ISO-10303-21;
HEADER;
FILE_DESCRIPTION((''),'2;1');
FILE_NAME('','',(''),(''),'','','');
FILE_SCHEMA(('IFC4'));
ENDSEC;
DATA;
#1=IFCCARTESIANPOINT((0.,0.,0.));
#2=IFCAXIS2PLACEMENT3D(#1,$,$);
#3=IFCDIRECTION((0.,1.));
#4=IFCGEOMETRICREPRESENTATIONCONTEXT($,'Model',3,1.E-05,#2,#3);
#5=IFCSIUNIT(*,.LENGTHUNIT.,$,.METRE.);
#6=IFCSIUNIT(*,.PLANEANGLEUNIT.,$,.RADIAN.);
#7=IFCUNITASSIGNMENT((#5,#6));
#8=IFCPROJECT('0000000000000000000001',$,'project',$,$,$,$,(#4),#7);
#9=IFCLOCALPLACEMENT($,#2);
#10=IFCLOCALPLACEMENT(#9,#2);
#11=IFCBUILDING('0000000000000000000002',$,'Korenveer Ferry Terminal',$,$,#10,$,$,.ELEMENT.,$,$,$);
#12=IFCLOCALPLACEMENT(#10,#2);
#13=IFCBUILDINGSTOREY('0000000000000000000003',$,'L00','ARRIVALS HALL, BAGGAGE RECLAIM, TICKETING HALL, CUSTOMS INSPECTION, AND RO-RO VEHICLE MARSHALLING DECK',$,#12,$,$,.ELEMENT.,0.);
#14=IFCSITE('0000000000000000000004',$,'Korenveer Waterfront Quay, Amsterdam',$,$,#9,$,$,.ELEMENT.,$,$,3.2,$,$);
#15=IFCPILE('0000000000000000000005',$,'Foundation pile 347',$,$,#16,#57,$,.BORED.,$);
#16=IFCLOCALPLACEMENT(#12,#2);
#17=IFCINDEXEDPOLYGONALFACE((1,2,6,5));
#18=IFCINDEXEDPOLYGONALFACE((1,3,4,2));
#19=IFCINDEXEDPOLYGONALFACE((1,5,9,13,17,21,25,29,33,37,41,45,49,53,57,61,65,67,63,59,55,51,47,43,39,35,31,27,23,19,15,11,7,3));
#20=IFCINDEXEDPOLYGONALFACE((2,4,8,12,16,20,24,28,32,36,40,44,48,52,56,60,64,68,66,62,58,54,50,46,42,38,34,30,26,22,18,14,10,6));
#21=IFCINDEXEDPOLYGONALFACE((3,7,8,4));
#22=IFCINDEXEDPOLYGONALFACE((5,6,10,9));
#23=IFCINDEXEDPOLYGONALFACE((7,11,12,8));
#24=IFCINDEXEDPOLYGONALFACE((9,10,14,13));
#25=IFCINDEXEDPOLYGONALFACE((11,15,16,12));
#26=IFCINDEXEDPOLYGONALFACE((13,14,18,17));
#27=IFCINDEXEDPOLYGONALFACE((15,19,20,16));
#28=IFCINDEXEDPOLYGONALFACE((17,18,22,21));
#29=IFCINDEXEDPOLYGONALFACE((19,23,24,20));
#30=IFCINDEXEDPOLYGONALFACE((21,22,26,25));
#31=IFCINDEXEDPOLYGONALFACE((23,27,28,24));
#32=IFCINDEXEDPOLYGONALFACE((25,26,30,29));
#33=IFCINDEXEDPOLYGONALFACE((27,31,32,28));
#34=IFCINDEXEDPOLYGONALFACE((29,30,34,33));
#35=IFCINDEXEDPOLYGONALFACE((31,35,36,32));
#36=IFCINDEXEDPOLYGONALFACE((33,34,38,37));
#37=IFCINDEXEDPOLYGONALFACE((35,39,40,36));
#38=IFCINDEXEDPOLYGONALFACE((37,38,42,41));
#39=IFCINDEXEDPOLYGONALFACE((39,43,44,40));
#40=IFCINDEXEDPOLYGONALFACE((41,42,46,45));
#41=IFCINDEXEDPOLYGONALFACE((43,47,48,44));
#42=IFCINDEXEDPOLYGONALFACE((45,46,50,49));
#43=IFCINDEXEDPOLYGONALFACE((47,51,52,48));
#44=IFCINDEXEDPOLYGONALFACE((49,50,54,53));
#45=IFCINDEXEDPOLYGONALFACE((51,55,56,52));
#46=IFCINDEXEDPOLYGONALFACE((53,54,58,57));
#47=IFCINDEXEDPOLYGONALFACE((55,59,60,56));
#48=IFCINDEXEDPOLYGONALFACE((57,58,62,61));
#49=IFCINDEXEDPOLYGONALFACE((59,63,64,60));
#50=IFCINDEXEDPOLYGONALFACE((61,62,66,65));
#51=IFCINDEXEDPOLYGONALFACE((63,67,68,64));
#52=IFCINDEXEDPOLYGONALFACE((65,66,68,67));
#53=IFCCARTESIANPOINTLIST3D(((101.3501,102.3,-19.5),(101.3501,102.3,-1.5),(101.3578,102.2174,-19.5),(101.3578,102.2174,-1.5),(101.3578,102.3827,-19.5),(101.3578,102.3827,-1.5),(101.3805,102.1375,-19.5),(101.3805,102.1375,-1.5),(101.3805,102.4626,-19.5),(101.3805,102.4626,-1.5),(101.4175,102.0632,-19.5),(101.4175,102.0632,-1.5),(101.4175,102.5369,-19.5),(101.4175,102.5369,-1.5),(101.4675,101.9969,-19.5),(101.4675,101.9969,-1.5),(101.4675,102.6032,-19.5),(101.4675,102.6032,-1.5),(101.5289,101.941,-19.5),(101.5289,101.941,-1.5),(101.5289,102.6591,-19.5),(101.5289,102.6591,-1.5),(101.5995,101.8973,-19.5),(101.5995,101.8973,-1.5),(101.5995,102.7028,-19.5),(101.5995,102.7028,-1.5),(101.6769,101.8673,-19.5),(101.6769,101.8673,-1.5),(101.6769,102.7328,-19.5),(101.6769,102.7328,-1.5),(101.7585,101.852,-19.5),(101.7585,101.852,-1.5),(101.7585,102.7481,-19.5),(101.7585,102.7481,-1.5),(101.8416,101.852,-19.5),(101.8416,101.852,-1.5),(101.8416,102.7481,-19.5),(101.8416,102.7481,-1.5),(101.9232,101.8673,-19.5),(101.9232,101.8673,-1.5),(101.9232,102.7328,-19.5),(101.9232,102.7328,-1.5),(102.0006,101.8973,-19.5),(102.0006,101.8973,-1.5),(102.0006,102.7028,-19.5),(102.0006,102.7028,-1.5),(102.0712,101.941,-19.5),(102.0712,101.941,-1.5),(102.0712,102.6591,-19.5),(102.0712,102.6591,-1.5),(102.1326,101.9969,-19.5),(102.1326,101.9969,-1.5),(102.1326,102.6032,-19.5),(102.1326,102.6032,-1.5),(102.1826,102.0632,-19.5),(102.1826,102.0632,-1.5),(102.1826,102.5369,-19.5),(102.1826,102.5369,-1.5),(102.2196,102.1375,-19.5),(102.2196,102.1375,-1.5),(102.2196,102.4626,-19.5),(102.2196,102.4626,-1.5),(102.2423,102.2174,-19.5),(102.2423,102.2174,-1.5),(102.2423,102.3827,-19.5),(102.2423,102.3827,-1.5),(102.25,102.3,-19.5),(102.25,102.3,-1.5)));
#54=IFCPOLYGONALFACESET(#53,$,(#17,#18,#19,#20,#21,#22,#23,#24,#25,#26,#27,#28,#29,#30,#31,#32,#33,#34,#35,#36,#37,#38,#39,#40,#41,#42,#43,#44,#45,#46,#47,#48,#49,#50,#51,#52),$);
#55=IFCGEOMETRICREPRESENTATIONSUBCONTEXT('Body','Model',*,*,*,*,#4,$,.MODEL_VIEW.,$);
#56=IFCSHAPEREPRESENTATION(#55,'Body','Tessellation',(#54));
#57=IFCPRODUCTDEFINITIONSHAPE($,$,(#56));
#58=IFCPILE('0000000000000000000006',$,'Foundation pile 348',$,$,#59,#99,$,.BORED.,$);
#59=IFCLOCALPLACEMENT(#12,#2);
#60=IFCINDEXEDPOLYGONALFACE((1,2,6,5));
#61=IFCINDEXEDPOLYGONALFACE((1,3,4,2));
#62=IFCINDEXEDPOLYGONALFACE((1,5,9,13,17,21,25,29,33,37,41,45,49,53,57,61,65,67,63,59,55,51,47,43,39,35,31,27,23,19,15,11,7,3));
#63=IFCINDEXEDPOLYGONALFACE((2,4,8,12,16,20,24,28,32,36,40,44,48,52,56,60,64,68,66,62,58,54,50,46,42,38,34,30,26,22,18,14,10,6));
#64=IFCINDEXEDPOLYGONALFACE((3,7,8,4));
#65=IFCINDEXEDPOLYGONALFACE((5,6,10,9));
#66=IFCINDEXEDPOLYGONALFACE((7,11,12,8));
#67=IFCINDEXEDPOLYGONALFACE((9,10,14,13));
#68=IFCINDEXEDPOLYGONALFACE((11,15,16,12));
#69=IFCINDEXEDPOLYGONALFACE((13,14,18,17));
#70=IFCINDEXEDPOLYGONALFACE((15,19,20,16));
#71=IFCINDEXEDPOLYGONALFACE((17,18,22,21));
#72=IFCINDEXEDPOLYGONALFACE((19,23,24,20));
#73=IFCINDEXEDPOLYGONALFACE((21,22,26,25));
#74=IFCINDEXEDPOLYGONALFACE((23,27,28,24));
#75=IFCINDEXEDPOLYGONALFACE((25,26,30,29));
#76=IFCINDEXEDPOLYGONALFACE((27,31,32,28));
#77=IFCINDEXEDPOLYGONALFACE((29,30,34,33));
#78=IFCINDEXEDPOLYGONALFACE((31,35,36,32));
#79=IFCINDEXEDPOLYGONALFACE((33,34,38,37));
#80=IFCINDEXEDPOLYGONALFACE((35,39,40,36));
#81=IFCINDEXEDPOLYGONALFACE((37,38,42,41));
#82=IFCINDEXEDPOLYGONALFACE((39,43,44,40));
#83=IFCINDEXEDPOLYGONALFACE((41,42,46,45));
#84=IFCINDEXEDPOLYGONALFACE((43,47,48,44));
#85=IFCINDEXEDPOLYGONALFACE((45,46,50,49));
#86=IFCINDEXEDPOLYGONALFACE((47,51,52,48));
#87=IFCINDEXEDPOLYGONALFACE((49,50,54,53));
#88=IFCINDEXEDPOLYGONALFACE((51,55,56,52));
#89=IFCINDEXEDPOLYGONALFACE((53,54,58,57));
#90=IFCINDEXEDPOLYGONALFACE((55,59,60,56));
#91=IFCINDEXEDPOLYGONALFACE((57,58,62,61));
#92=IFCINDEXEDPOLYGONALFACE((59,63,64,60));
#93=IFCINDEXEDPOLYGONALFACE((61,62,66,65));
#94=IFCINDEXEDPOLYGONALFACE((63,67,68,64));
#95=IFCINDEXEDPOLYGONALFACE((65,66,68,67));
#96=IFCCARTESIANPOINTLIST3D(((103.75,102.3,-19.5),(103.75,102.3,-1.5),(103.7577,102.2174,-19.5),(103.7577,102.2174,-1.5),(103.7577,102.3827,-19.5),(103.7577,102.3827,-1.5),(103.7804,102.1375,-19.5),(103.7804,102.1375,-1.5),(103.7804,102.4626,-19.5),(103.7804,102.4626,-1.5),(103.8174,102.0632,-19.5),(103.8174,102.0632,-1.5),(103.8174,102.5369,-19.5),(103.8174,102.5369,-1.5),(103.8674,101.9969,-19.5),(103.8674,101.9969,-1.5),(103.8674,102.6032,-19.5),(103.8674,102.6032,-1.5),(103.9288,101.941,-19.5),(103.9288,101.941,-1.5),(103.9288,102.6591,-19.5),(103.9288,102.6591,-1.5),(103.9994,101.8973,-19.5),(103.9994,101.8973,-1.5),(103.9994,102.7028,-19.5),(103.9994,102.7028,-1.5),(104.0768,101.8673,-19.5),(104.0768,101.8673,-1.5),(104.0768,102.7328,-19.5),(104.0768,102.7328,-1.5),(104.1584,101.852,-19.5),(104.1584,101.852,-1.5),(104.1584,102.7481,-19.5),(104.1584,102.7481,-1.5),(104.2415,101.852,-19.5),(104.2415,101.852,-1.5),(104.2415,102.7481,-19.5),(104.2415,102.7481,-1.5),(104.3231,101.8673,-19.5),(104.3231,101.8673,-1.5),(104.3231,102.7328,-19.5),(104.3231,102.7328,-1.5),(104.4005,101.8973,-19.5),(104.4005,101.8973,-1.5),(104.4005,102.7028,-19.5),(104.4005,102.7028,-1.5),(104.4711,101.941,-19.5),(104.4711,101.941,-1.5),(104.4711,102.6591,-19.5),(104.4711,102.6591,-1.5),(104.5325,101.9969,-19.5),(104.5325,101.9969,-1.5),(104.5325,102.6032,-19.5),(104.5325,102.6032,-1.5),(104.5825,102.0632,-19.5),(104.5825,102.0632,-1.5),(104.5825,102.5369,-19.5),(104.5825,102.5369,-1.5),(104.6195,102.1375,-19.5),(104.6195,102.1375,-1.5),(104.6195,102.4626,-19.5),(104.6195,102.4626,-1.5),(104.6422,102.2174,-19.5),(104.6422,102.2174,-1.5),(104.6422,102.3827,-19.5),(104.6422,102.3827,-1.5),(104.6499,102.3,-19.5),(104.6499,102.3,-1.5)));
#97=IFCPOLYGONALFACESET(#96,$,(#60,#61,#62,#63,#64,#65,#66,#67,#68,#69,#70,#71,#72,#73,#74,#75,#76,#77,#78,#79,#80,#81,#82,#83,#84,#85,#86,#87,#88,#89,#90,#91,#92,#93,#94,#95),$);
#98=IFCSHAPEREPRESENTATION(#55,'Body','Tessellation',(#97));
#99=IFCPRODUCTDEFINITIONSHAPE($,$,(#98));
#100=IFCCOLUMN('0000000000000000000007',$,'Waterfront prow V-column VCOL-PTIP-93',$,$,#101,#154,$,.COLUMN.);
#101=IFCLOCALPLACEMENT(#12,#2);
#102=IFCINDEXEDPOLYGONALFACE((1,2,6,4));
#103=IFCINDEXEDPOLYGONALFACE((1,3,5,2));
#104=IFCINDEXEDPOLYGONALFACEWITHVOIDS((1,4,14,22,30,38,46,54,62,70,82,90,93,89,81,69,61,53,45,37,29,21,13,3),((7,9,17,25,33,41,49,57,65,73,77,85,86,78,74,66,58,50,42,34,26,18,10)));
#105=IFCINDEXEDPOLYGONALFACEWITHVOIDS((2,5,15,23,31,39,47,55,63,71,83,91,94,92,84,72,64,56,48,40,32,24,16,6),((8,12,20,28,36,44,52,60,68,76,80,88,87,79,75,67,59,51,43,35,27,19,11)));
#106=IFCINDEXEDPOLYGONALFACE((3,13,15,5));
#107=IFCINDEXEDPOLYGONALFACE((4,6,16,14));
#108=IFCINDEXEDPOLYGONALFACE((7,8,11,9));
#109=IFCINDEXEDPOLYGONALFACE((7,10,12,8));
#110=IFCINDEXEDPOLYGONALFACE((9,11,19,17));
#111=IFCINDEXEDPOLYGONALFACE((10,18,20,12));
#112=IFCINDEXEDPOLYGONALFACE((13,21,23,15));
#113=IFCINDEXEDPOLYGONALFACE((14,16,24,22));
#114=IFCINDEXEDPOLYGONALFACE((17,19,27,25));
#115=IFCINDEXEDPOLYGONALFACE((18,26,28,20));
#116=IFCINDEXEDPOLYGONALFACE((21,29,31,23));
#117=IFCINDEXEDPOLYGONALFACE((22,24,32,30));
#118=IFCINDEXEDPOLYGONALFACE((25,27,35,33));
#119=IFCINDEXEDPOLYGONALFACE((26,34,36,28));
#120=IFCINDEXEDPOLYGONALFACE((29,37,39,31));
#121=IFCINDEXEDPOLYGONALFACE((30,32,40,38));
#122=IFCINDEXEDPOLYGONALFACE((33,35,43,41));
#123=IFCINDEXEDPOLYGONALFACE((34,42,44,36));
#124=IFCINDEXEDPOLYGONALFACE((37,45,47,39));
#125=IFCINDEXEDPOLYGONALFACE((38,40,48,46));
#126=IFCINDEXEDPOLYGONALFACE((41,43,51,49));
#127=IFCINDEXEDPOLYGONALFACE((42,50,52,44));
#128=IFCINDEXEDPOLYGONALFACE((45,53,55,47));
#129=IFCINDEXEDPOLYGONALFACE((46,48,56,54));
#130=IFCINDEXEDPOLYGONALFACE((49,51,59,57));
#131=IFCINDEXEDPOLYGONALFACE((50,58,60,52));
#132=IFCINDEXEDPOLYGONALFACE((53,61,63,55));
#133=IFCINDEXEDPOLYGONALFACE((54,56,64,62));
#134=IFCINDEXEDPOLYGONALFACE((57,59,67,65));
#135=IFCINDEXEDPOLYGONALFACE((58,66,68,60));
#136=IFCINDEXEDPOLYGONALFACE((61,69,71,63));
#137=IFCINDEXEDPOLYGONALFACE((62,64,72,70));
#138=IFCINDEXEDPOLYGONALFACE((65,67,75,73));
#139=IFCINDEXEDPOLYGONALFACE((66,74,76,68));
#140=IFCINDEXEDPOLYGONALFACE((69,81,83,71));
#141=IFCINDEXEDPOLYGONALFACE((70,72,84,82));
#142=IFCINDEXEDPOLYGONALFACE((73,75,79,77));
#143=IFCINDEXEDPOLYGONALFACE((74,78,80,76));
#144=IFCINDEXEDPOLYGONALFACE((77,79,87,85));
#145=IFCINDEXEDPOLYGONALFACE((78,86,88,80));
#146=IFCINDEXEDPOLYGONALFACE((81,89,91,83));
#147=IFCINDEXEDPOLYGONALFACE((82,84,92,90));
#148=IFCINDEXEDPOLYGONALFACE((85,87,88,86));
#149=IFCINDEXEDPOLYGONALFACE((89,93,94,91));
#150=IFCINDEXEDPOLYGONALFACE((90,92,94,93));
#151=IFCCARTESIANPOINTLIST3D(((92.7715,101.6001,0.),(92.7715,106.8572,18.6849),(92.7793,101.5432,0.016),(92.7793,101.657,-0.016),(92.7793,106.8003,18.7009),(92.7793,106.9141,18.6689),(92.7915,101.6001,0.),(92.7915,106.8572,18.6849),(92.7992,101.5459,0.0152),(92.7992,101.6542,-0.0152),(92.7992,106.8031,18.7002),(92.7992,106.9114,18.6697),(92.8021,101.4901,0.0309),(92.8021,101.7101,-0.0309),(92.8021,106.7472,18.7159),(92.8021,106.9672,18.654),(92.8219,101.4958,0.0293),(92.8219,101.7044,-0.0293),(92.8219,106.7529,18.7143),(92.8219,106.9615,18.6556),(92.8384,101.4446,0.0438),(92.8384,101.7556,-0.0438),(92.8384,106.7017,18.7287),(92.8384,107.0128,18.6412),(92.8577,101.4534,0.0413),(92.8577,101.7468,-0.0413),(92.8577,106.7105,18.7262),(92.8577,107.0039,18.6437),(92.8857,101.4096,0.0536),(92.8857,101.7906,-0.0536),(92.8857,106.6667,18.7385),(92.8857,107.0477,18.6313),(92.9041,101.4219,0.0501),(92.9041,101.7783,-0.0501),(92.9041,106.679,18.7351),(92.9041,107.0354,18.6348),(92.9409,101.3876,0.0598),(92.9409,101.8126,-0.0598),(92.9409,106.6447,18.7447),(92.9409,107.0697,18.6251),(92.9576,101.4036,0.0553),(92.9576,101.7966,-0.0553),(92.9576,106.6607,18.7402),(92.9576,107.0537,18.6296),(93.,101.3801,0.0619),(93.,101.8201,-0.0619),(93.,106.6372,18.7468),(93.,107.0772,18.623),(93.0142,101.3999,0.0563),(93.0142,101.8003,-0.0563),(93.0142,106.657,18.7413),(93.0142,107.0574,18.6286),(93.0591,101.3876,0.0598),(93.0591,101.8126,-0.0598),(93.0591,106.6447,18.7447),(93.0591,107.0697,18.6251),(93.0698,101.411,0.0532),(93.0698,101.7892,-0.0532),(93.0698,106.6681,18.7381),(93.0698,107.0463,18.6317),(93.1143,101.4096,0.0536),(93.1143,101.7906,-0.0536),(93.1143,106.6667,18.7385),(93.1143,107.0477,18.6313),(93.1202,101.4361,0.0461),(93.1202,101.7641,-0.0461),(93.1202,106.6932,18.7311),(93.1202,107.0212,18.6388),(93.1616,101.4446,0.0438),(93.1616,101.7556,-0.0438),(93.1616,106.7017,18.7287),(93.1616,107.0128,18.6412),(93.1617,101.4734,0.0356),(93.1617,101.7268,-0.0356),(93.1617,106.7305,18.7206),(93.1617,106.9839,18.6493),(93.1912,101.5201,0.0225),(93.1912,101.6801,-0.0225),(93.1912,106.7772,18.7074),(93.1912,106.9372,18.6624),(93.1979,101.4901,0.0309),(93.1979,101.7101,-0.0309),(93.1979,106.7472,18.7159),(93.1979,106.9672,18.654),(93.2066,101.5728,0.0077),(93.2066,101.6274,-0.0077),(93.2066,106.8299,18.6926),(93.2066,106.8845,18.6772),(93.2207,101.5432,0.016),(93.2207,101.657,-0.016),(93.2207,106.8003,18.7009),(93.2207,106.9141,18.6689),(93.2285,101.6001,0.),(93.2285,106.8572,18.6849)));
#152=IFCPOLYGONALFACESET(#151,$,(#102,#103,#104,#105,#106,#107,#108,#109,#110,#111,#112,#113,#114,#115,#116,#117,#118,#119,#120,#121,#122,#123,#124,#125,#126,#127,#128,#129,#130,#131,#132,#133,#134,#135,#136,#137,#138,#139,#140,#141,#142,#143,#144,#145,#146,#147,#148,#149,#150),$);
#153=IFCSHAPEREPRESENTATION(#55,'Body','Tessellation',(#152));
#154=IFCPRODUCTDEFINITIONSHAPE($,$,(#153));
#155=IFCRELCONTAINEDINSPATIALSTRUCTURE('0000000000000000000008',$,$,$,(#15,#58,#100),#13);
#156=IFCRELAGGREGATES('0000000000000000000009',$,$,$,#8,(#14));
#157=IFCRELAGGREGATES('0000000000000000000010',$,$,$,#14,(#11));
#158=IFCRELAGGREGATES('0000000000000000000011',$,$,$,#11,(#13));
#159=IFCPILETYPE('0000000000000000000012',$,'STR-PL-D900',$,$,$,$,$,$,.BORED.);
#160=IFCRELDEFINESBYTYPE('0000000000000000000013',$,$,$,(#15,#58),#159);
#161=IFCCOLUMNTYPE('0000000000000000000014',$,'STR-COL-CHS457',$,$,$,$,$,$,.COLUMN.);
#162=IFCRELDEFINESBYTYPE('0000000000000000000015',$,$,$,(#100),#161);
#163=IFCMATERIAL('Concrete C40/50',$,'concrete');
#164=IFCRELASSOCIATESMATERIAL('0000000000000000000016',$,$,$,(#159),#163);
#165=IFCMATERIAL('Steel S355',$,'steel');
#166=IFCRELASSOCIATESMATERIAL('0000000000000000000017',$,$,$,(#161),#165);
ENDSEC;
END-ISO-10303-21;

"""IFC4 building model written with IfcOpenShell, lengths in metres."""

from ifc_helpers import new_model, si_unit, direction, frame, origin, origin_2d, place, context, subcontext, project, spatial, circle, hollow_circle, extrude, material, material_profile, profile_set, type_object, element, save


model = new_model("IFC4")

# Units and contexts
model_context = context("Model", 3, precision=1e-05, world=origin(), true_north=direction((0.0, 1.0)))
body_context = subcontext(model_context, "Body", "Model", "MODEL_VIEW")
ifc_project = project(units=[si_unit("LENGTHUNIT", "METRE"), si_unit("PLANEANGLEUNIT", "RADIAN")], contexts=[model_context])

# Site, building, storey
site_placement = place(None, origin())
site = spatial("IfcSite", under=ifc_project, at=site_placement, Name="Korenveer Waterfront Quay, Amsterdam", CompositionType="ELEMENT", RefElevation=3.2)
building_placement = place(site_placement, origin())
building = spatial("IfcBuilding", under=site, at=building_placement, Name="Korenveer Ferry Terminal", CompositionType="ELEMENT")
storey_placement = place(building_placement, origin())
storey = spatial("IfcBuildingStorey", under=building, at=storey_placement, Name="L00", Description="ARRIVALS HALL, BAGGAGE RECLAIM, TICKETING HALL, CUSTOMS INSPECTION, AND RO-RO VEHICLE MARSHALLING DECK", CompositionType="ELEMENT", Elevation=0.0)

# Shared definitions
ifc_material_1 = material(Name="Concrete C40/50", Category="concrete")

# Piles
ifc_material_profile_1 = material_profile(ifc_material_1, circle(Radius=0.45, at=origin_2d()), Name="PILE D900")
ifc_profile_set_1 = profile_set([ifc_material_profile_1], Name="Concrete C40/50")
pile_type_1 = type_object("IfcPileType", Name="STR-PL-D900", PredefinedType="BORED", material=ifc_profile_set_1)
for number, where, z_axis, x_axis, name in (
    (1, (101.8, 102.3, -1.5), (0.0, 0.0, -1.0), (1.0, 0.0, 0.0), "Foundation pile 347"),
    (2, (104.2, 102.3, -1.5), (0.0, 0.0, -1.0), (1.0, 0.0, 0.0), "Foundation pile 348"),
):
    element("IfcPile", number, at=place(storey_placement, frame(where, z_axis=z_axis, x_axis=x_axis)), inside=storey, type_object=pile_type_1, Name=name, PredefinedType="BORED", context=body_context, shape_type="SweptSolid", body=[
        extrude(circle(Radius=0.45, at=origin_2d()), origin(), (0.0, 0.0, 1.0), 18.0),
    ])

# Column
ifc_material_2 = material(Name="Steel S355", Category="steel")
ifc_material_profile_2 = material_profile(ifc_material_2, hollow_circle(Radius=0.2285, WallThickness=0.02, at=origin_2d()), Name="CHS 457x20")
ifc_profile_set_2 = profile_set([ifc_material_profile_2], Name="Steel S355")
column_type_1 = type_object("IfcColumnType", Name="STR-COL-CHS457", PredefinedType="COLUMN", material=ifc_profile_set_2)
column_1_placement = place(storey_placement, frame((93.0, 101.6001, 0.0), z_axis=(0.0, 0.27084, 0.962624), x_axis=(-1.0, 0.0, 0.0)))
element("IfcColumn", 3, at=column_1_placement, inside=storey, type_object=column_type_1, Name="Waterfront prow V-column VCOL-PTIP-93", PredefinedType="COLUMN", context=body_context, shape_type="SweptSolid", body=[
    extrude(hollow_circle(Radius=0.2285, WallThickness=0.02, at=origin_2d()), origin(), (0.0, 0.0, 1.0), 19.4104),
])

save(model, "model.ifc")
